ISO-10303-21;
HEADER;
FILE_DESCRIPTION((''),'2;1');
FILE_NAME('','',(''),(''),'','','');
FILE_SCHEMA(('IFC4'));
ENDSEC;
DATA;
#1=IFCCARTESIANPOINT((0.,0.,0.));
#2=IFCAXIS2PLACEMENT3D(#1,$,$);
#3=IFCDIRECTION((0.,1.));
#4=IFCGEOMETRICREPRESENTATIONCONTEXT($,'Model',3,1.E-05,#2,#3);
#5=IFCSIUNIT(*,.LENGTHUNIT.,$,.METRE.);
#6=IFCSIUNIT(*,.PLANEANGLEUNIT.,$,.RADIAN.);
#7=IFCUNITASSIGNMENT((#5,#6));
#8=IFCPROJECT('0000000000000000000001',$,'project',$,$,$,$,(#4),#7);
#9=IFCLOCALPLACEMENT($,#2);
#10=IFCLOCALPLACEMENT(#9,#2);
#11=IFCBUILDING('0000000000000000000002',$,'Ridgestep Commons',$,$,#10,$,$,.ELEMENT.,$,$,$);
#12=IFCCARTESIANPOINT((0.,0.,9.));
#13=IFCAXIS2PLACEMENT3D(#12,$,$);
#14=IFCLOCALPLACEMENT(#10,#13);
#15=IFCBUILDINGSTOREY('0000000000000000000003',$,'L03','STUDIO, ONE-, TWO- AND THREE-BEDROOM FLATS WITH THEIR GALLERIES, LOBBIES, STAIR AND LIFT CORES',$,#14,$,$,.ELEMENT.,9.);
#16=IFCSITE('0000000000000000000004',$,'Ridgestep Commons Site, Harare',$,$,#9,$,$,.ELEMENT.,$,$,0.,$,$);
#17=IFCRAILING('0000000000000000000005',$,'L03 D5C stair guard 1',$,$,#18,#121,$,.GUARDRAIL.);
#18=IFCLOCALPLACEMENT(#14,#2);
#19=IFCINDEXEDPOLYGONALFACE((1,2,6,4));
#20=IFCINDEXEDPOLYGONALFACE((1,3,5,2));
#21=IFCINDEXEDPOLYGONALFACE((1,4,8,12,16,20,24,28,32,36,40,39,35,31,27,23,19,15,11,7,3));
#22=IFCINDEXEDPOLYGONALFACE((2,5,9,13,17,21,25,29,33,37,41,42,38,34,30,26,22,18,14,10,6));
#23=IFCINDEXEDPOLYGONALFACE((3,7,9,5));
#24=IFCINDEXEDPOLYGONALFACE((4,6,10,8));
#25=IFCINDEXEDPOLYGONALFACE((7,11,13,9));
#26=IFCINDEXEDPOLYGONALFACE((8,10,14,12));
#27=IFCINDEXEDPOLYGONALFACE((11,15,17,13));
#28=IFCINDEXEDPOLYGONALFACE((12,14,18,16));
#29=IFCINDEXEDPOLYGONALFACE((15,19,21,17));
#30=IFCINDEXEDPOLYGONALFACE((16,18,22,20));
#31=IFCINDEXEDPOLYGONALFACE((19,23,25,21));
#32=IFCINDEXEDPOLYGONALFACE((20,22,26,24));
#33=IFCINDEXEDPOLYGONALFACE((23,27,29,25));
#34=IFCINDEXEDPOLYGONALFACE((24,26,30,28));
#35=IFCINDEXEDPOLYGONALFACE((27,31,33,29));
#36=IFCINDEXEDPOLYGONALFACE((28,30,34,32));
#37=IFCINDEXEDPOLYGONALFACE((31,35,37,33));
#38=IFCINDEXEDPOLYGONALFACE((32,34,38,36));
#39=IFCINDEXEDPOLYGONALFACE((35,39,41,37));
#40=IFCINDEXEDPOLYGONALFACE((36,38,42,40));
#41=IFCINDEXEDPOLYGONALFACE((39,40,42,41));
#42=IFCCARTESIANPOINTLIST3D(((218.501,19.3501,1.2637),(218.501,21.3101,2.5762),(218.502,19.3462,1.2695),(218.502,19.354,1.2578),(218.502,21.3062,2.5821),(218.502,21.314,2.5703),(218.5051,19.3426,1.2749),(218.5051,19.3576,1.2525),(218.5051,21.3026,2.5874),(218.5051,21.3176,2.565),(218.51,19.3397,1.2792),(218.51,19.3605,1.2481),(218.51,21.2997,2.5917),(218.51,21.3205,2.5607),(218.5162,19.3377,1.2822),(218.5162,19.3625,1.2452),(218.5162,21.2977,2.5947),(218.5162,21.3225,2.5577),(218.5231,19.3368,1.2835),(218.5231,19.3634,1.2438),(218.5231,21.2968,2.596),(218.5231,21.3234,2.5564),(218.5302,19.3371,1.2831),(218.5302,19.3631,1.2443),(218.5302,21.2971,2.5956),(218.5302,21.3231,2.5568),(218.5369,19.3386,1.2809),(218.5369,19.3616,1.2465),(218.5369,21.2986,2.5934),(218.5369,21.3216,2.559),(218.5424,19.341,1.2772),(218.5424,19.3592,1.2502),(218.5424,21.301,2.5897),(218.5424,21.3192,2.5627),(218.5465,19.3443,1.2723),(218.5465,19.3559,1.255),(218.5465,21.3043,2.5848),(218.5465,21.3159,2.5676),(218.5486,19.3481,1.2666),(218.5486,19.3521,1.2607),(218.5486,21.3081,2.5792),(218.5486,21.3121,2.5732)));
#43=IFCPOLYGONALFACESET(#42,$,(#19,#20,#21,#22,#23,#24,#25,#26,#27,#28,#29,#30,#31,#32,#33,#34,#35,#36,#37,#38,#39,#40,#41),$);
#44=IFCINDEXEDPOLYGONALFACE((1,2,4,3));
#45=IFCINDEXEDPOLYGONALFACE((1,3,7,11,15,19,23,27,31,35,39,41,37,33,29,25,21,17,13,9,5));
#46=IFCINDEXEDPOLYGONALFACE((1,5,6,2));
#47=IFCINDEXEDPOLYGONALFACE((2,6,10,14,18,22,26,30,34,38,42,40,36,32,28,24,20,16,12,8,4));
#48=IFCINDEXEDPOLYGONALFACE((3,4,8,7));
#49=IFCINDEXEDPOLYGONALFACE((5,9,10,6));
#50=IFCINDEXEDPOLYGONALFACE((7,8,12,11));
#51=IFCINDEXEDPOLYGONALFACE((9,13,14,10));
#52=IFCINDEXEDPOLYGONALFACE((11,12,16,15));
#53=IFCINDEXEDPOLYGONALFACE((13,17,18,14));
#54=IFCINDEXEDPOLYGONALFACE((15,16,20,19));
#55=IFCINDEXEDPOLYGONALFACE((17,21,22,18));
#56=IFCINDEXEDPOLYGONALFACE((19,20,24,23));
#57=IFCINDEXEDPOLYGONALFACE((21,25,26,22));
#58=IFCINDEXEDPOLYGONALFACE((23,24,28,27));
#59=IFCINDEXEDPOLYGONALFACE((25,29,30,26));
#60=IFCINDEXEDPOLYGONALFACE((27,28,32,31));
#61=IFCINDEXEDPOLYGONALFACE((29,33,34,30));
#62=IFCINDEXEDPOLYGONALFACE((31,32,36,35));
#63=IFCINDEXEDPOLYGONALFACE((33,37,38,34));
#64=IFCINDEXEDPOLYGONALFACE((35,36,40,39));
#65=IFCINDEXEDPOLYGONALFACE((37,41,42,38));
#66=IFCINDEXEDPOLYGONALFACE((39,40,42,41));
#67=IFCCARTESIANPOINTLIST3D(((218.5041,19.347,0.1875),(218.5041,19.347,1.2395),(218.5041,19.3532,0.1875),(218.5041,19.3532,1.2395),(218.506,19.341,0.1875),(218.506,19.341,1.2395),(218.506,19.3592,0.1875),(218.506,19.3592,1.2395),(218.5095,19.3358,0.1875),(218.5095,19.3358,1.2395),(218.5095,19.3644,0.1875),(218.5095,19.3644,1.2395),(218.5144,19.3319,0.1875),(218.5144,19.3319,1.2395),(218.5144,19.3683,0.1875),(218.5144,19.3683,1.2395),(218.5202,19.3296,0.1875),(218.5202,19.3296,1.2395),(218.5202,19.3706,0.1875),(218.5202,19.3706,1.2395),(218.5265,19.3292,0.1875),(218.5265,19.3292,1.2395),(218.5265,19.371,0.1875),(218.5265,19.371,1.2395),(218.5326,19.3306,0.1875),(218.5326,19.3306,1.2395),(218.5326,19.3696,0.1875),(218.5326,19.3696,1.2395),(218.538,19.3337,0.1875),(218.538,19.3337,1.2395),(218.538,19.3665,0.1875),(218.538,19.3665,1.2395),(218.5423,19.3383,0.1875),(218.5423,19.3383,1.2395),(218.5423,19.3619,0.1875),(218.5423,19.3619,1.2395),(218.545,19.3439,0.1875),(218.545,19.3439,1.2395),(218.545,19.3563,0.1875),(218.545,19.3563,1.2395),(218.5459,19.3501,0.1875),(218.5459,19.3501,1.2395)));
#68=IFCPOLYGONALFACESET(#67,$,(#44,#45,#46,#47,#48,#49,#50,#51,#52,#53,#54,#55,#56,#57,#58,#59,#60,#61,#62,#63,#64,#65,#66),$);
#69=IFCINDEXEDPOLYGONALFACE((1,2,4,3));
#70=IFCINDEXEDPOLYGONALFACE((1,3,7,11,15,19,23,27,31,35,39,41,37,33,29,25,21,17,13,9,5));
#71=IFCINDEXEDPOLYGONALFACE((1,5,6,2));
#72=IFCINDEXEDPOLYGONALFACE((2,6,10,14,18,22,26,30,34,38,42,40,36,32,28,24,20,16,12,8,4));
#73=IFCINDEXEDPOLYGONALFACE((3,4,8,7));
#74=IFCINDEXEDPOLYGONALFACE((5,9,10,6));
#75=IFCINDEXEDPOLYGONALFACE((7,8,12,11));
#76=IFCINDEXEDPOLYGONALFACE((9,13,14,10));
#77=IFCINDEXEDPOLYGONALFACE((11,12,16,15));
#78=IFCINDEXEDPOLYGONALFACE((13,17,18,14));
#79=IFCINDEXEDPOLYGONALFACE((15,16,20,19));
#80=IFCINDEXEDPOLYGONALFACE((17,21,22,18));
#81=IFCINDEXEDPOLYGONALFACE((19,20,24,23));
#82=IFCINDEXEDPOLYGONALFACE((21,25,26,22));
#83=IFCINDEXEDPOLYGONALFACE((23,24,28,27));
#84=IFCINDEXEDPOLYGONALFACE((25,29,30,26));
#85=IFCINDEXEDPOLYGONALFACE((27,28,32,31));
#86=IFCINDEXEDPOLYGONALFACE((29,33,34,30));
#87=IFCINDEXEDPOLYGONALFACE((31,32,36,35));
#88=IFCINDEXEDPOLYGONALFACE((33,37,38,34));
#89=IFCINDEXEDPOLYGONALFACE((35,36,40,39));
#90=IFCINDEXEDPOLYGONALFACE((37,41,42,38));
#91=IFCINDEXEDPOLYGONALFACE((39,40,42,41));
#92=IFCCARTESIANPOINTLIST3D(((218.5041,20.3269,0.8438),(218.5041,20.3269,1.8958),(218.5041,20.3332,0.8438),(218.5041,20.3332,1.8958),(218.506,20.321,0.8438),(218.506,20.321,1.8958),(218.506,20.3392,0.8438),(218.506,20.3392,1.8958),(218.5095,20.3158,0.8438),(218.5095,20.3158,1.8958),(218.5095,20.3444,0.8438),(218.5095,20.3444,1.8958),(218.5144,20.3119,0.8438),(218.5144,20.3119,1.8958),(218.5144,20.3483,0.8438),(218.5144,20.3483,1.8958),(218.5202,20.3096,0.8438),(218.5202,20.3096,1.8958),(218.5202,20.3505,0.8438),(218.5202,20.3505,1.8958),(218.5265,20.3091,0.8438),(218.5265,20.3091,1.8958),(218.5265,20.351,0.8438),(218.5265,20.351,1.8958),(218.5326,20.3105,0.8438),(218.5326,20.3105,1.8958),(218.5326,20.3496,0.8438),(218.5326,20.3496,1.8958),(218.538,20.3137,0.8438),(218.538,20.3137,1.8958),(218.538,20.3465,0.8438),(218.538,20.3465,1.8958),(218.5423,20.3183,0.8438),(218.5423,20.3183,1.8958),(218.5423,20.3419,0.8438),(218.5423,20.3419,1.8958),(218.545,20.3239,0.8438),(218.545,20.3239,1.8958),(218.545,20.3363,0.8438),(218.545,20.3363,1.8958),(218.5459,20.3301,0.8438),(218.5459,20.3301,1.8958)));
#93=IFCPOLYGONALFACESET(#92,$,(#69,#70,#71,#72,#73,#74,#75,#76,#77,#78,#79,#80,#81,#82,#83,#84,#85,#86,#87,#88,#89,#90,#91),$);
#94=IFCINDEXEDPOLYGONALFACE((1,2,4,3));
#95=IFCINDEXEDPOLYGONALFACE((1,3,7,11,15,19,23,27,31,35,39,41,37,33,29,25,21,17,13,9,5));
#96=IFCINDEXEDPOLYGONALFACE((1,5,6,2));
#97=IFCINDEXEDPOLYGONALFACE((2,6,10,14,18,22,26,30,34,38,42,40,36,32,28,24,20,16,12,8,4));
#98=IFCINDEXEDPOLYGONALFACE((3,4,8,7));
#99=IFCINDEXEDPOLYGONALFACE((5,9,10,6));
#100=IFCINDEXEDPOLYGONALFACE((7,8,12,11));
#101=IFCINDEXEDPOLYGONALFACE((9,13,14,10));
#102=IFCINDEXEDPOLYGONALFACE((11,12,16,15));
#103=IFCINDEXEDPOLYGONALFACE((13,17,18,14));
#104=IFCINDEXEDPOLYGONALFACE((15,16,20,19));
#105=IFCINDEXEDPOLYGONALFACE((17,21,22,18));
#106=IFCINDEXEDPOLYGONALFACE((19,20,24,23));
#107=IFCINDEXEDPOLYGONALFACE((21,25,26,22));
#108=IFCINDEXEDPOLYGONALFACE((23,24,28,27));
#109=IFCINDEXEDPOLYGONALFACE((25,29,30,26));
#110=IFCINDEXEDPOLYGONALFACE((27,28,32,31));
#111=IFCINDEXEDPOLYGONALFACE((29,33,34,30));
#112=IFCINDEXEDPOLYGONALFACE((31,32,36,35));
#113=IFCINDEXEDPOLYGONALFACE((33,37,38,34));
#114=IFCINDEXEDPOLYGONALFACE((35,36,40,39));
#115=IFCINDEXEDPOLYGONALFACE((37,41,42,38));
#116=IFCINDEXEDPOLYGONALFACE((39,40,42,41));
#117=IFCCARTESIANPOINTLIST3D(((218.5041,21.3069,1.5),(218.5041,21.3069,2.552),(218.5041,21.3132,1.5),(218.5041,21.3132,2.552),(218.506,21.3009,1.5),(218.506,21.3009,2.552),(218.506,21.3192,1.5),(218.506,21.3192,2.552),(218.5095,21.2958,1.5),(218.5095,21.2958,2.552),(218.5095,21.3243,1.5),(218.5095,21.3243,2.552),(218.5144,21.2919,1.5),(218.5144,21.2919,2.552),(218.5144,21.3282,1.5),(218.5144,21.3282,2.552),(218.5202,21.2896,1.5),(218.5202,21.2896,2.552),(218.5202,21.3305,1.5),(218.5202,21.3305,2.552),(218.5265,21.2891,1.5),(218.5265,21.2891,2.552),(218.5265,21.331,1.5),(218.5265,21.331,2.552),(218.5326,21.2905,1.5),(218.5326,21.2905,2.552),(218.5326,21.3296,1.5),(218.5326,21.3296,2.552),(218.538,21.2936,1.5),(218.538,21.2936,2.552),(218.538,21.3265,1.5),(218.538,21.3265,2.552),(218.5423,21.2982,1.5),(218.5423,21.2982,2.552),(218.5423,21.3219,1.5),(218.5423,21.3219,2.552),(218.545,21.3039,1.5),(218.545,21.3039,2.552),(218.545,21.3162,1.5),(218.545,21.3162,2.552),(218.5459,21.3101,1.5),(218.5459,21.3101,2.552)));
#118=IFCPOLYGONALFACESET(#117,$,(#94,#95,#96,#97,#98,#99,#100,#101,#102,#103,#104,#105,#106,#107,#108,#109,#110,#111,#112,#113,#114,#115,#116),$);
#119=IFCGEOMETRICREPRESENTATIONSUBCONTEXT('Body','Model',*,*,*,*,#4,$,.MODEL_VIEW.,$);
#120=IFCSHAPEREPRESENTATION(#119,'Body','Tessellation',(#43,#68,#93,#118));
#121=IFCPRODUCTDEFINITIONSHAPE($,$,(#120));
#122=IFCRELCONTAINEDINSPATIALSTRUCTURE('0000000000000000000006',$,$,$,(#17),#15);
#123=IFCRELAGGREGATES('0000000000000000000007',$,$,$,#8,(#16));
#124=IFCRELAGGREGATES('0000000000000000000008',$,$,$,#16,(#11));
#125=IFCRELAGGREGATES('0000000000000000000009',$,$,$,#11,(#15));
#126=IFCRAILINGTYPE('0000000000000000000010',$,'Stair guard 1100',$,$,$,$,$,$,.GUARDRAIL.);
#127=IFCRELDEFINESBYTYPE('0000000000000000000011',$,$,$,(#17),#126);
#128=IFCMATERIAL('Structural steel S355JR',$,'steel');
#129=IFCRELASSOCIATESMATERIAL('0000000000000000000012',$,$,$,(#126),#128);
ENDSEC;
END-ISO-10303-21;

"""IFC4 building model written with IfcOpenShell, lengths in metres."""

from ifc_helpers import new_model, si_unit, direction, frame, origin, origin_2d, place, context, subcontext, project, spatial, circle, extrude, material, type_object, element, save


model = new_model("IFC4")

# Units and contexts
model_context = context("Model", 3, precision=1e-05, world=origin(), true_north=direction((0.0, 1.0)))
body_context = subcontext(model_context, "Body", "Model", "MODEL_VIEW")
ifc_project = project(units=[si_unit("LENGTHUNIT", "METRE"), si_unit("PLANEANGLEUNIT", "RADIAN")], contexts=[model_context])

# Site, building, storey
site_placement = place(None, origin())
site = spatial("IfcSite", under=ifc_project, at=site_placement, Name="Ridgestep Commons Site, Harare", CompositionType="ELEMENT", RefElevation=0.0)
building_placement = place(site_placement, origin())
building = spatial("IfcBuilding", under=site, at=building_placement, Name="Ridgestep Commons", CompositionType="ELEMENT")
storey_placement = place(building_placement, frame((0.0, 0.0, 9.0)))
storey = spatial("IfcBuildingStorey", under=building, at=storey_placement, Name="L03", Description="STUDIO, ONE-, TWO- AND THREE-BEDROOM FLATS WITH THEIR GALLERIES, LOBBIES, STAIR AND LIFT CORES", CompositionType="ELEMENT", Elevation=9.0)

# Railing
ifc_material_1 = material(Name="Structural steel S355JR", Category="steel")
railing_type_1 = type_object("IfcRailingType", Name="Stair guard 1100", PredefinedType="GUARDRAIL", material=ifc_material_1)
railing_1_placement = place(storey_placement, frame((218.5249, 19.3501, 0.1875)))
element("IfcRailing", 1, at=railing_1_placement, inside=storey, type_object=railing_type_1, Name="L03 D5C stair guard 1", PredefinedType="GUARDRAIL", context=body_context, shape_type="SweptSolid", body=[
    extrude(circle(Radius=0.0239, at=origin_2d()), frame((0.0, 0.0, 1.0762), z_axis=(0.0, 0.830902, 0.556419), x_axis=(-1.0, 0.0, 0.0)), (0.0, 0.0, 1.0), 2.3589),
    extrude(circle(Radius=0.021, at=origin_2d()), origin(), (0.0, 0.0, 1.0), 1.052),
    extrude(circle(Radius=0.021, at=origin_2d()), frame((0.0, 0.98, 0.6562)), (0.0, 0.0, 1.0), 1.052),
    extrude(circle(Radius=0.021, at=origin_2d()), frame((0.0, 1.96, 1.3125)), (0.0, 0.0, 1.0), 1.052),
])

save(model, "model.ifc")
